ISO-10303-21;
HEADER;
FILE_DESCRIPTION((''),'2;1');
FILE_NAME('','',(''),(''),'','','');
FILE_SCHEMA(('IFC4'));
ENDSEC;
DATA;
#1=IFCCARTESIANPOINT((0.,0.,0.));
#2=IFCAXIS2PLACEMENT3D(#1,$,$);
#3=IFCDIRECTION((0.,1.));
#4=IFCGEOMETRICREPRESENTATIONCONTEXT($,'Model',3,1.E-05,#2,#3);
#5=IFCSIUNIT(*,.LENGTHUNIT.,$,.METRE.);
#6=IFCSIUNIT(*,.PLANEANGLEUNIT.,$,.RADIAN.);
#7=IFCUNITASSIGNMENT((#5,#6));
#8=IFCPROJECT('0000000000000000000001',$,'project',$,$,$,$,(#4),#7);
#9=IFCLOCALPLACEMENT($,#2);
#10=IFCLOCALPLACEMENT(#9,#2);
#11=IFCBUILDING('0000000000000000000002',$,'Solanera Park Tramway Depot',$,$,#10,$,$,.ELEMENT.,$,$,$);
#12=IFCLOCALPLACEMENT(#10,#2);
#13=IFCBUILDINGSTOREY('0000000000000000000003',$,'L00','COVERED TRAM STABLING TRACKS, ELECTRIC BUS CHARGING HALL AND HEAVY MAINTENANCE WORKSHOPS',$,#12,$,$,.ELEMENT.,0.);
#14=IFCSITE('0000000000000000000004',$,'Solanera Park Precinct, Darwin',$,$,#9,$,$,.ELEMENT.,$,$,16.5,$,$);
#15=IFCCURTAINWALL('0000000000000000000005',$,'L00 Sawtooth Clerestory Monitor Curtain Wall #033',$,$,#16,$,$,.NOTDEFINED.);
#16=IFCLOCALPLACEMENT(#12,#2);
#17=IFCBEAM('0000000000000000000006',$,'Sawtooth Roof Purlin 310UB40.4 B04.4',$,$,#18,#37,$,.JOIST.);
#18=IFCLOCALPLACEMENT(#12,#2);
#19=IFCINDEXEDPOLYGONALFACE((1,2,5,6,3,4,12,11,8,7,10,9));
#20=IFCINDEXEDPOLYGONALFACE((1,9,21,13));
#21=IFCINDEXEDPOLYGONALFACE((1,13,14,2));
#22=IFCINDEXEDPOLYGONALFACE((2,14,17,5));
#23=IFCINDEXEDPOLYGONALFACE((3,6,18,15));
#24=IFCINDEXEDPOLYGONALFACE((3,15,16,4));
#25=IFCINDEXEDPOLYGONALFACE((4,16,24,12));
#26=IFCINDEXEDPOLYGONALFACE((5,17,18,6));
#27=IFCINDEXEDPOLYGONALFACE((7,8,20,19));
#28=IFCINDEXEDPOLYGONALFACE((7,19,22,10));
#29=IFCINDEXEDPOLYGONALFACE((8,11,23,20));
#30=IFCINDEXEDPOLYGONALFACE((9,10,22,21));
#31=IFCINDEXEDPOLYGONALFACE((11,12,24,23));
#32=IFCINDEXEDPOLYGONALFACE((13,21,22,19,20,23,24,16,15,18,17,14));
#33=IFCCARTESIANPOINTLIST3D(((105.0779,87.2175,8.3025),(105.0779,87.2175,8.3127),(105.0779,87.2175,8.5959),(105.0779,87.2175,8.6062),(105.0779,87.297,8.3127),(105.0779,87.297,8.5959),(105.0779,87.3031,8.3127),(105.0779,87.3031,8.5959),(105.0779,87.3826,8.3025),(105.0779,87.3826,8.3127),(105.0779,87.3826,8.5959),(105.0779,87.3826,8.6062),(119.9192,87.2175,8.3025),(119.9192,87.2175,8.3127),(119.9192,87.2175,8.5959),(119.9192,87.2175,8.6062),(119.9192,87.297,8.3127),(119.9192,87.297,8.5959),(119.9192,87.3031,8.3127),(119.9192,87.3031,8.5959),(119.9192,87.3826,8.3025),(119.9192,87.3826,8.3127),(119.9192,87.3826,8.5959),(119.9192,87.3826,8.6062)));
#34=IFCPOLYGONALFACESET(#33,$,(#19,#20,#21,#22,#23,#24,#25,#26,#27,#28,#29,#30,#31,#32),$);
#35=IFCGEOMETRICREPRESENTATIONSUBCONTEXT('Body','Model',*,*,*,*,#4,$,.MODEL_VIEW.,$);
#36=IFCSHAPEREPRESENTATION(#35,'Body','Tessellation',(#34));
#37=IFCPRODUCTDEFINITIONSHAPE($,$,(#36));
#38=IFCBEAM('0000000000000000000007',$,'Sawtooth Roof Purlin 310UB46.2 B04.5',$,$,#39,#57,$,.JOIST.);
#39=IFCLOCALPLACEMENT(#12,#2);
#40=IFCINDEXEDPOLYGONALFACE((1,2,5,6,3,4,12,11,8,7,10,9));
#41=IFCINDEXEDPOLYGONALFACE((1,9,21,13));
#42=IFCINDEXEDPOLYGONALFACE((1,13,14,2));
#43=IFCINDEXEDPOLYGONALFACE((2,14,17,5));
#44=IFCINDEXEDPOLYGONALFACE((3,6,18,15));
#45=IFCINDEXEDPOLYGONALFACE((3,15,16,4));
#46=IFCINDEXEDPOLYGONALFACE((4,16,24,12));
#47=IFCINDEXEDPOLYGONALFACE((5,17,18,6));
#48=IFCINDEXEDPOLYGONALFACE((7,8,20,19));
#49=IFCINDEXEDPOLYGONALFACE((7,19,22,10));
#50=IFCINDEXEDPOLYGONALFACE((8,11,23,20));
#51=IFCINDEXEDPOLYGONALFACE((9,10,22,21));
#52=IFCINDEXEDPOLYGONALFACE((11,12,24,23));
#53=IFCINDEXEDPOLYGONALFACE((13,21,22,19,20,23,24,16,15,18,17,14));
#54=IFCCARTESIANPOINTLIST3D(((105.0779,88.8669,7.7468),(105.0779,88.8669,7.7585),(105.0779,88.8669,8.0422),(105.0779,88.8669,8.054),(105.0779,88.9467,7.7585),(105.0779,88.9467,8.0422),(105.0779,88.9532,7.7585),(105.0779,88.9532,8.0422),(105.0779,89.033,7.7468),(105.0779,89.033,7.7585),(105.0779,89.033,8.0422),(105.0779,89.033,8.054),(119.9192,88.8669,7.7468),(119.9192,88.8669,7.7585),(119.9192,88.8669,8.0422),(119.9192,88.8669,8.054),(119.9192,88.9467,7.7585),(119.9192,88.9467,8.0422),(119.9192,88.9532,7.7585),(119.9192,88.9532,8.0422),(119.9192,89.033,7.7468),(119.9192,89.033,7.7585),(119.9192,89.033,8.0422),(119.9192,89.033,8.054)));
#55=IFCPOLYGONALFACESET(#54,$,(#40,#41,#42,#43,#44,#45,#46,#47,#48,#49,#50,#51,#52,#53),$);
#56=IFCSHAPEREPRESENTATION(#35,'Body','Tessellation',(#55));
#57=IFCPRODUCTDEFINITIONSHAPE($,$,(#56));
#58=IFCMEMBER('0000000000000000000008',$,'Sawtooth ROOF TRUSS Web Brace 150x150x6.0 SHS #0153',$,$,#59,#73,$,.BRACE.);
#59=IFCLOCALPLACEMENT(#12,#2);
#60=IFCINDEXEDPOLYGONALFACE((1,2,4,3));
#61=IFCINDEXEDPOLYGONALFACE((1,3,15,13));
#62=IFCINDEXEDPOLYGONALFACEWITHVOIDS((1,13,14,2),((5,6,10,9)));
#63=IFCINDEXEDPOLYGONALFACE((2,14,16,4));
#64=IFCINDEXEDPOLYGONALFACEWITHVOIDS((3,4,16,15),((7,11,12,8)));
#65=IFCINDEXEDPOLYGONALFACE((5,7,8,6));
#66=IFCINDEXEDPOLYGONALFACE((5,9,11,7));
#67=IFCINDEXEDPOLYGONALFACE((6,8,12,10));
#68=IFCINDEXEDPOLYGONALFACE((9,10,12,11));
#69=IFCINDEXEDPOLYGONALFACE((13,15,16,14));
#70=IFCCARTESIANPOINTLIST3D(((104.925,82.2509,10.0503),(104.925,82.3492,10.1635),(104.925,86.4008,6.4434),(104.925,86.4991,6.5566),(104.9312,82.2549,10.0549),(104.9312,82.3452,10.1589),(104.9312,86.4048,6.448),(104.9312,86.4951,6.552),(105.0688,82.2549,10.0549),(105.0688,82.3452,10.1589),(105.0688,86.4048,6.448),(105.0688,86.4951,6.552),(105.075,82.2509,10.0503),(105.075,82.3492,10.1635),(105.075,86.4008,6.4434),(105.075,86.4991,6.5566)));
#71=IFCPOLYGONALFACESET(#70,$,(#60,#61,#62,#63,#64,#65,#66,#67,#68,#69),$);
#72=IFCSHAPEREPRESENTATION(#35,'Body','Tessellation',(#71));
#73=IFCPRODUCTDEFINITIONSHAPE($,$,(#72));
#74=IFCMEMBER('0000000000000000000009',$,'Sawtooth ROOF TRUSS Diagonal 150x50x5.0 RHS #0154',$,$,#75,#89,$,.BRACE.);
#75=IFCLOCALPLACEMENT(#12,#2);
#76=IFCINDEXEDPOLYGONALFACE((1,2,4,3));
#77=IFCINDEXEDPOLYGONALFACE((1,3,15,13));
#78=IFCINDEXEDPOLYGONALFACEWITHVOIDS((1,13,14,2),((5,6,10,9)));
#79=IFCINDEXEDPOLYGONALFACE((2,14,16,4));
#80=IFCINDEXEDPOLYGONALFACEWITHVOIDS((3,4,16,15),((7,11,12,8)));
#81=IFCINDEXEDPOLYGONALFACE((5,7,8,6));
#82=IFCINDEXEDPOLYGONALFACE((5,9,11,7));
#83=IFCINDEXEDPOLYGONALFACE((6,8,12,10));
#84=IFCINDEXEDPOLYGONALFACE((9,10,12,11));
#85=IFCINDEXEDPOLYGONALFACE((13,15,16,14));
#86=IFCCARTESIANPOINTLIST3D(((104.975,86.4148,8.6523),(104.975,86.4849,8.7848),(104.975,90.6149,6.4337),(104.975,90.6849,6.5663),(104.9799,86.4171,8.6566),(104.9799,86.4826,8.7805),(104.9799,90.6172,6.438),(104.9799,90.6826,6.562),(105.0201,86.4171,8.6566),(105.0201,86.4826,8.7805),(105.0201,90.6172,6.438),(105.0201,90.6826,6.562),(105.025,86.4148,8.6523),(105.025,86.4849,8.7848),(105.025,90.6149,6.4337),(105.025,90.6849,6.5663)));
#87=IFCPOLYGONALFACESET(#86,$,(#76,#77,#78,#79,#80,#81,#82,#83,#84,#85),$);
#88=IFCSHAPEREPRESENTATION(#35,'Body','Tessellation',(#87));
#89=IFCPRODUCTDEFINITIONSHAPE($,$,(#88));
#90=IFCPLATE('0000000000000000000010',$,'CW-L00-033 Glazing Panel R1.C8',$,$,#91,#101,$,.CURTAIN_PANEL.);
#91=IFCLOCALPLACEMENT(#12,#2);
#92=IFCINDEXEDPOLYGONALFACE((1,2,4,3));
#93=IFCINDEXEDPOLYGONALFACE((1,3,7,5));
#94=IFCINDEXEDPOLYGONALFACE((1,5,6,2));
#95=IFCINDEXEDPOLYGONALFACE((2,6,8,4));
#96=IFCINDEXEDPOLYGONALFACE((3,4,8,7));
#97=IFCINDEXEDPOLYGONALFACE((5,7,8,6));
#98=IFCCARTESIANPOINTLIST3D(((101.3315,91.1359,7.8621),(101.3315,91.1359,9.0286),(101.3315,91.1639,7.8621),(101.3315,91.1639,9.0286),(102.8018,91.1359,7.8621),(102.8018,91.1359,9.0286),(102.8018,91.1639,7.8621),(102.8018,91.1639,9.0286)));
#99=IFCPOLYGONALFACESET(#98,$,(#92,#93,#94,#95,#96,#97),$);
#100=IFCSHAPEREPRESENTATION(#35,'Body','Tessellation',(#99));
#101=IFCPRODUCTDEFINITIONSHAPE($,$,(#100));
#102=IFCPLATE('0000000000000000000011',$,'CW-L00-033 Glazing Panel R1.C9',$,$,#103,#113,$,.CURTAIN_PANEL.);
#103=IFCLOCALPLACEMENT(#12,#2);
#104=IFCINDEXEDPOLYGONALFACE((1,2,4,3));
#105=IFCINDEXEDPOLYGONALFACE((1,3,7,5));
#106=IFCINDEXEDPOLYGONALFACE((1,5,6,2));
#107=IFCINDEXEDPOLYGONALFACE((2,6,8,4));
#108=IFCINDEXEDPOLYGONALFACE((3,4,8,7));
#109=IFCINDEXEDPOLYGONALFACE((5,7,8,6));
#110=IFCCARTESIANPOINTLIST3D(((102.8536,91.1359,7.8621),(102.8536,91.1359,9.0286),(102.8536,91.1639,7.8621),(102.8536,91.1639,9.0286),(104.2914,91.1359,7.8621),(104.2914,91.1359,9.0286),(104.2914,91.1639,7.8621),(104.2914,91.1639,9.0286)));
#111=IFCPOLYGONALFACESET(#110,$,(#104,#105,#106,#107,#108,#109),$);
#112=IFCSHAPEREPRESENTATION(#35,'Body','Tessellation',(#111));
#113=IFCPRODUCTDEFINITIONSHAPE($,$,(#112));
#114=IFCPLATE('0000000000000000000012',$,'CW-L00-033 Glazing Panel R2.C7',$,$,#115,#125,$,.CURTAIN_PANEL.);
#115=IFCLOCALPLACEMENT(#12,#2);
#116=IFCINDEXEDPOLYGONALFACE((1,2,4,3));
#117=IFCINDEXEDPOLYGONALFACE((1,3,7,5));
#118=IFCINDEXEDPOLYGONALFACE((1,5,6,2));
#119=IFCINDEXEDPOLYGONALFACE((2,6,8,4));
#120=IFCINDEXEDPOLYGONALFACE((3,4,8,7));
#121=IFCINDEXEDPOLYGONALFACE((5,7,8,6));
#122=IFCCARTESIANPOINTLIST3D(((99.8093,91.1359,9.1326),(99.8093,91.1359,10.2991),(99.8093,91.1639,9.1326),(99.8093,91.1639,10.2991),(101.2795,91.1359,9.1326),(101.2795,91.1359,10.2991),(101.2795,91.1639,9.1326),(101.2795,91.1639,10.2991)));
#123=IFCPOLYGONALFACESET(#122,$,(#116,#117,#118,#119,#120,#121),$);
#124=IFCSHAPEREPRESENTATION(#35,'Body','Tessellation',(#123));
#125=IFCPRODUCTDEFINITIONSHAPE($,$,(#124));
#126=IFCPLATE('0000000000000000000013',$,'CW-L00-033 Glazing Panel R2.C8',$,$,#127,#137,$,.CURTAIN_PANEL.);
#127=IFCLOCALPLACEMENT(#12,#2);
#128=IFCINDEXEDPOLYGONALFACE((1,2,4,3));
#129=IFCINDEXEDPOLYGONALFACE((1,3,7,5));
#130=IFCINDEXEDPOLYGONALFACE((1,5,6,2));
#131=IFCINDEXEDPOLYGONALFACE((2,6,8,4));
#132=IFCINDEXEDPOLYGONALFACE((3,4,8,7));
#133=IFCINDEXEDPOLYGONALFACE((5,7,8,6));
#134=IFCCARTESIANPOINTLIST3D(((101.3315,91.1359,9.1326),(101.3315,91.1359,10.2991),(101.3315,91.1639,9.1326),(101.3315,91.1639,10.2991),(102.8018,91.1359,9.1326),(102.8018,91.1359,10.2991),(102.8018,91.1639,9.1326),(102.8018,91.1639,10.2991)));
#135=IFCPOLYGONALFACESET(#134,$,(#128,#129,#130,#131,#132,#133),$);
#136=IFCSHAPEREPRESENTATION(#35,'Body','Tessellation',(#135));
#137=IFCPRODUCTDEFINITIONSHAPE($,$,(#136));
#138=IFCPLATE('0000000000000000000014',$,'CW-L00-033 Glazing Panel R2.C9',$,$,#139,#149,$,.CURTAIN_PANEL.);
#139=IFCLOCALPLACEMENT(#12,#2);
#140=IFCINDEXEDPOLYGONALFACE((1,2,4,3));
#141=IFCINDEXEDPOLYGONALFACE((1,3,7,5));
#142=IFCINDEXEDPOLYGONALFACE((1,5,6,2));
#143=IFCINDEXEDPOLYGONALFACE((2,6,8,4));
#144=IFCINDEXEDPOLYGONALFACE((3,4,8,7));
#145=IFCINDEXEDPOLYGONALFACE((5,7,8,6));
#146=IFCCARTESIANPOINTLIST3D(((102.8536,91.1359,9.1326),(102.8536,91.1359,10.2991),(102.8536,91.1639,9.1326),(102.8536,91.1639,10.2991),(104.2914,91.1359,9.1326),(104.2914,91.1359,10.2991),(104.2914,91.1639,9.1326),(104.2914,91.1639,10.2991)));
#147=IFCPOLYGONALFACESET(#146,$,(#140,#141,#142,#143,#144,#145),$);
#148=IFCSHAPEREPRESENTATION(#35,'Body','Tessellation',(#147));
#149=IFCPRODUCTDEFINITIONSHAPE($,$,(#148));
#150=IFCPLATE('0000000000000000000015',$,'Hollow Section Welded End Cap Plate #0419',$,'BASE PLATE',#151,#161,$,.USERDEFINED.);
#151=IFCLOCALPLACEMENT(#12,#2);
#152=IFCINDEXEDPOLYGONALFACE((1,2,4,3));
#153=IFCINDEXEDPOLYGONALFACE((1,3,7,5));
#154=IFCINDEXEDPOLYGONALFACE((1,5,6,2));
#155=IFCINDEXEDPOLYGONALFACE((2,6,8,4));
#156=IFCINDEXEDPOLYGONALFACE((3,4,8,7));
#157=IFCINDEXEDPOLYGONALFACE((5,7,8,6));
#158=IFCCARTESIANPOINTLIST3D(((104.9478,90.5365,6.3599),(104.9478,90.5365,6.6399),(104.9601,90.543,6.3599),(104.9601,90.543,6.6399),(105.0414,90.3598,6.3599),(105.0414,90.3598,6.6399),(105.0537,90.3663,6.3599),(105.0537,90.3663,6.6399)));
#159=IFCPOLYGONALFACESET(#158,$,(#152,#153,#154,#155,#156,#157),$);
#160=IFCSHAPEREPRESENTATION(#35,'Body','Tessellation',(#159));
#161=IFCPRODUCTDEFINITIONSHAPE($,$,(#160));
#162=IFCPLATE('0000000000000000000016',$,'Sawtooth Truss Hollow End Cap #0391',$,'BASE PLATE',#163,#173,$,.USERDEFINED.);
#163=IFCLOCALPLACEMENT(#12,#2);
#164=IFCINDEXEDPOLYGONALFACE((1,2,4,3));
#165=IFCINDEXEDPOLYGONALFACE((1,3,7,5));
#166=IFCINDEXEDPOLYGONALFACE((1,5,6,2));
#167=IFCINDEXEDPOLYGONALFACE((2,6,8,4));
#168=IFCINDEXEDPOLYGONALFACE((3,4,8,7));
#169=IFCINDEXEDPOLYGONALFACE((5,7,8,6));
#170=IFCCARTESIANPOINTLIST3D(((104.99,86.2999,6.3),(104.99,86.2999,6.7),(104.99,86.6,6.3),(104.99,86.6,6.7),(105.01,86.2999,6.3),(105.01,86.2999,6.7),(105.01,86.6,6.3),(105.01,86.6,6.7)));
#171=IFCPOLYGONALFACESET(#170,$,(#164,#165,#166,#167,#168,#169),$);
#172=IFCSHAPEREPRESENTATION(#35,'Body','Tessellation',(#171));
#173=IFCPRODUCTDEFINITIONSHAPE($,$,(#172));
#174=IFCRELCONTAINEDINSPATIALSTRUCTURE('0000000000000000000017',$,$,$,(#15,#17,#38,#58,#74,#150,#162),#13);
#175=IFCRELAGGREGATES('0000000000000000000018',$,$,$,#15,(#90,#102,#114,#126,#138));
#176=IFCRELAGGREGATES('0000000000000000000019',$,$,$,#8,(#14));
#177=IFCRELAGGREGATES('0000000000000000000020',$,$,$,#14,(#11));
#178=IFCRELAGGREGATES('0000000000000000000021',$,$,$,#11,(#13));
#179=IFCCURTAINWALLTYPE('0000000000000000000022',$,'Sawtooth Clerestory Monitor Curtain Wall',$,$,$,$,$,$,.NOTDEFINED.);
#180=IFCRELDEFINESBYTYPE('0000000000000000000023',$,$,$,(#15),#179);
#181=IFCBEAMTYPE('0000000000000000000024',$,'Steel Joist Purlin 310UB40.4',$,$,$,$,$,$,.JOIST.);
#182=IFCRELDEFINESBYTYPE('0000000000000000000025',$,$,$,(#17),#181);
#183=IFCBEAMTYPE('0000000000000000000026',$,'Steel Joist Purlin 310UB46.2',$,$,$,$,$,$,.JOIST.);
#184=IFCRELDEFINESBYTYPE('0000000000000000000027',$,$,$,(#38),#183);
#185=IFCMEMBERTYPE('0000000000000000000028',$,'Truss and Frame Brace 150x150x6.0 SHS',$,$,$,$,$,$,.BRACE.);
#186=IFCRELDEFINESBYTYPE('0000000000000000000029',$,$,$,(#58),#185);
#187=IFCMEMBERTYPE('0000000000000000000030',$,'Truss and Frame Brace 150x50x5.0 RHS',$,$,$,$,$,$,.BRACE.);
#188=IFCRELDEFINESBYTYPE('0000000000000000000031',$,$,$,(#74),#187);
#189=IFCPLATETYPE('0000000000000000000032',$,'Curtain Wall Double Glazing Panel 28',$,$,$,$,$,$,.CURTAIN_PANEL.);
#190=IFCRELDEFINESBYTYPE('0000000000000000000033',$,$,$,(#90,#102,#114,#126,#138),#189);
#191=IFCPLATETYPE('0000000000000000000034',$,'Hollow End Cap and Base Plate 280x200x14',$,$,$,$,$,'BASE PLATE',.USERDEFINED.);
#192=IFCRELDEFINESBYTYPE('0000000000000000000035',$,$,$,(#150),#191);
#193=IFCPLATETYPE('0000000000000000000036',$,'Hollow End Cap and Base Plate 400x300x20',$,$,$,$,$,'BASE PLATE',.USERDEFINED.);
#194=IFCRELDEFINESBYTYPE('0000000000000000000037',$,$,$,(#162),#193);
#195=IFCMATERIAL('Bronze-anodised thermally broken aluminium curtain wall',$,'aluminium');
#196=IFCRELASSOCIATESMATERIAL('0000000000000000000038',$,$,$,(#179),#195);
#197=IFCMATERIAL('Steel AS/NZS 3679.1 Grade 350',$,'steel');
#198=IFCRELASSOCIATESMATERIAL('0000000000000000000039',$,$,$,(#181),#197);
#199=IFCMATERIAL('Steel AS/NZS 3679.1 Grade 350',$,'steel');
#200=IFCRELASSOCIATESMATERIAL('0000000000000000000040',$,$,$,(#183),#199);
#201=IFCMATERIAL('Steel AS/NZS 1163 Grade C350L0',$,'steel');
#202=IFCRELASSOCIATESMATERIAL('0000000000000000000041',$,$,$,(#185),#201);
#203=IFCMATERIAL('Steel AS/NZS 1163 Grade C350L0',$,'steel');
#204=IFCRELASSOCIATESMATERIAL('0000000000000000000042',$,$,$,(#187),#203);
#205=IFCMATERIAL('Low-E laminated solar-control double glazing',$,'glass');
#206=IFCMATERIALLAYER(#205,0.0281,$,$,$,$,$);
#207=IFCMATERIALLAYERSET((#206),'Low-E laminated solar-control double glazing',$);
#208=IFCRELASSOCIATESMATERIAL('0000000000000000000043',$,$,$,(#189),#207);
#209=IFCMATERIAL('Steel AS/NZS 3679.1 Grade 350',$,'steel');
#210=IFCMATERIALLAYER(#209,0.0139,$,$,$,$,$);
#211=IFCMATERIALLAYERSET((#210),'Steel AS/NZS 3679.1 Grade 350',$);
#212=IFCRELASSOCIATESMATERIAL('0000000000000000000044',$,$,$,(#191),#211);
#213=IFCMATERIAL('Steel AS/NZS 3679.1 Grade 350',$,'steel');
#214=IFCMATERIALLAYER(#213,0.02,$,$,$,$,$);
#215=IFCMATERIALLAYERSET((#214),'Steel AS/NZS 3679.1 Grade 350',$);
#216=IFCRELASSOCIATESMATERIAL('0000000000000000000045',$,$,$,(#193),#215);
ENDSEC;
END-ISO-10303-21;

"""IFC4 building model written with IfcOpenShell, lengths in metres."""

from ifc_helpers import new_model, si_unit, direction, frame, origin, origin_2d, place, context, subcontext, project, spatial, rectangle, hollow_rectangle, i_section, extrude, material, layer, layer_set, material_profile, profile_set, type_object, element, aggregate, save


model = new_model("IFC4")

# Units and contexts
model_context = context("Model", 3, precision=1e-05, world=origin(), true_north=direction((0.0, 1.0)))
body_context = subcontext(model_context, "Body", "Model", "MODEL_VIEW")
ifc_project = project(units=[si_unit("LENGTHUNIT", "METRE"), si_unit("PLANEANGLEUNIT", "RADIAN")], contexts=[model_context])

# Site, building, storey
site_placement = place(None, origin())
site = spatial("IfcSite", under=ifc_project, at=site_placement, Name="Solanera Park Precinct, Darwin", CompositionType="ELEMENT", RefElevation=16.5)
building_placement = place(site_placement, origin())
building = spatial("IfcBuilding", under=site, at=building_placement, Name="Solanera Park Tramway Depot", CompositionType="ELEMENT")
storey_placement = place(building_placement, origin())
storey = spatial("IfcBuildingStorey", under=building, at=storey_placement, Name="L00", Description="COVERED TRAM STABLING TRACKS, ELECTRIC BUS CHARGING HALL AND HEAVY MAINTENANCE WORKSHOPS", CompositionType="ELEMENT", Elevation=0.0)

# Curtain wall
ifc_material_1 = material(Name="Bronze-anodised thermally broken aluminium curtain wall", Category="aluminium")
curtain_wall_type = type_object("IfcCurtainWallType", Name="Sawtooth Clerestory Monitor Curtain Wall", PredefinedType="NOTDEFINED", material=ifc_material_1)
curtain_wall_placement = place(storey_placement, origin())
curtain_wall = element("IfcCurtainWall", 1, at=curtain_wall_placement, inside=storey, type_object=curtain_wall_type, Name="L00 Sawtooth Clerestory Monitor Curtain Wall #033", PredefinedType="NOTDEFINED")

# Beams
ifc_material_2 = material(Name="Steel AS/NZS 3679.1 Grade 350", Category="steel")
ifc_material_profile_1 = material_profile(ifc_material_2, i_section(OverallWidth=0.165, OverallDepth=0.3037, WebThickness=0.0061, FlangeThickness=0.0103, at=origin_2d()), Name="310UB40.4")
ifc_profile_set_1 = profile_set([ifc_material_profile_1], Name="Steel AS/NZS 3679.1 Grade 350")
beam_type_1 = type_object("IfcBeamType", Name="Steel Joist Purlin 310UB40.4", PredefinedType="JOIST", material=ifc_profile_set_1)
beam_1_placement = place(storey_placement, frame((105.0779, 87.3, 8.4543), z_axis=(1.0, 0.0, 0.0), x_axis=(0.0, 1.0, 0.0)))
element("IfcBeam", 2, at=beam_1_placement, inside=storey, type_object=beam_type_1, Name="Sawtooth Roof Purlin 310UB40.4 B04.4", PredefinedType="JOIST", context=body_context, shape_type="SweptSolid", body=[
    extrude(i_section(OverallWidth=0.165, OverallDepth=0.3037, WebThickness=0.0061, FlangeThickness=0.0103, at=origin_2d()), origin(), (0.0, 0.0, 1.0), 14.8413),
])
ifc_material_3 = material(Name="Steel AS/NZS 3679.1 Grade 350", Category="steel")
ifc_material_profile_2 = material_profile(ifc_material_3, i_section(OverallWidth=0.166, OverallDepth=0.3071, WebThickness=0.0066, FlangeThickness=0.0117, at=origin_2d()), Name="310UB46.2")
ifc_profile_set_2 = profile_set([ifc_material_profile_2], Name="Steel AS/NZS 3679.1 Grade 350")
beam_type_2 = type_object("IfcBeamType", Name="Steel Joist Purlin 310UB46.2", PredefinedType="JOIST", material=ifc_profile_set_2)
beam_2_placement = place(storey_placement, frame((105.0779, 88.95, 7.9004), z_axis=(1.0, 0.0, 0.0), x_axis=(0.0, 1.0, 0.0)))
element("IfcBeam", 3, at=beam_2_placement, inside=storey, type_object=beam_type_2, Name="Sawtooth Roof Purlin 310UB46.2 B04.5", PredefinedType="JOIST", context=body_context, shape_type="SweptSolid", body=[
    extrude(i_section(OverallWidth=0.166, OverallDepth=0.3071, WebThickness=0.0066, FlangeThickness=0.0117, at=origin_2d()), origin(), (0.0, 0.0, 1.0), 14.8413),
])

# Members
ifc_material_4 = material(Name="Steel AS/NZS 1163 Grade C350L0", Category="steel")
ifc_material_profile_3 = material_profile(ifc_material_4, hollow_rectangle(XDim=0.1499, YDim=0.1499, WallThickness=0.0061, at=origin_2d()), Name="150x150x6.0 SHS")
ifc_profile_set_3 = profile_set([ifc_material_profile_3], Name="Steel AS/NZS 1163 Grade C350L0")
member_type_1 = type_object("IfcMemberType", Name="Truss and Frame Brace 150x150x6.0 SHS", PredefinedType="BRACE", material=ifc_profile_set_3)
member_1_placement = place(storey_placement, frame((105.0, 86.45, 6.5), z_axis=(0.0, -0.754757, 0.656005), x_axis=(1.0, 0.0, 0.0)))
element("IfcMember", 4, at=member_1_placement, inside=storey, type_object=member_type_1, Name="Sawtooth ROOF TRUSS Web Brace 150x150x6.0 SHS #0153", PredefinedType="BRACE", context=body_context, shape_type="SweptSolid", body=[
    extrude(hollow_rectangle(XDim=0.1499, YDim=0.1499, WallThickness=0.0061, at=origin_2d()), origin(), (0.0, 0.0, 1.0), 5.4983),
])
ifc_material_5 = material(Name="Steel AS/NZS 1163 Grade C350L0", Category="steel")
ifc_material_profile_4 = material_profile(ifc_material_5, hollow_rectangle(XDim=0.05, YDim=0.1499, WallThickness=0.0049, at=origin_2d()), Name="150x50x5.0 RHS")
ifc_profile_set_4 = profile_set([ifc_material_profile_4], Name="Steel AS/NZS 1163 Grade C350L0")
member_type_2 = type_object("IfcMemberType", Name="Truss and Frame Brace 150x50x5.0 RHS", PredefinedType="BRACE", material=ifc_profile_set_4)
member_2_placement = place(storey_placement, frame((105.0, 90.6499, 6.5), z_axis=(0.0, -0.884223, 0.467066), x_axis=(1.0, 0.0, 0.0)))
element("IfcMember", 5, at=member_2_placement, inside=storey, type_object=member_type_2, Name="Sawtooth ROOF TRUSS Diagonal 150x50x5.0 RHS #0154", PredefinedType="BRACE", context=body_context, shape_type="SweptSolid", body=[
    extrude(hollow_rectangle(XDim=0.05, YDim=0.1499, WallThickness=0.0049, at=origin_2d()), origin(), (0.0, 0.0, 1.0), 4.75),
])

# Plates
ifc_material_6 = material(Name="Low-E laminated solar-control double glazing", Category="glass")
ifc_layer_1 = layer(ifc_material_6, 0.0281)
ifc_layer_set_1 = layer_set([ifc_layer_1], Name="Low-E laminated solar-control double glazing")
plate_type_1 = type_object("IfcPlateType", Name="Curtain Wall Double Glazing Panel 28", PredefinedType="CURTAIN_PANEL", material=ifc_layer_set_1)
plate_1_placement = place(storey_placement, frame((102.0667, 91.1499, 7.8621), z_axis=(0.0, 0.0, 1.0), x_axis=(1.0, 0.0, 0.0)))
plate_1 = element("IfcPlate", 6, at=plate_1_placement, type_object=plate_type_1, Name="CW-L00-033 Glazing Panel R1.C8", PredefinedType="CURTAIN_PANEL", context=body_context, shape_type="SweptSolid", body=[
    extrude(rectangle(XDim=1.4702, YDim=0.0281, at=origin_2d()), origin(), (0.0, 0.0, 1.0), 1.1665),
])
plate_2_placement = place(storey_placement, frame((103.5725, 91.1499, 7.8621), z_axis=(0.0, 0.0, 1.0), x_axis=(1.0, 0.0, 0.0)))
plate_2 = element("IfcPlate", 7, at=plate_2_placement, type_object=plate_type_1, Name="CW-L00-033 Glazing Panel R1.C9", PredefinedType="CURTAIN_PANEL", context=body_context, shape_type="SweptSolid", body=[
    extrude(rectangle(XDim=1.4377, YDim=0.0281, at=origin_2d()), origin(), (0.0, 0.0, 1.0), 1.1665),
])
plate_3_placement = place(storey_placement, frame((100.5444, 91.1499, 9.1326), z_axis=(0.0, 0.0, 1.0), x_axis=(1.0, 0.0, 0.0)))
plate_3 = element("IfcPlate", 8, at=plate_3_placement, type_object=plate_type_1, Name="CW-L00-033 Glazing Panel R2.C7", PredefinedType="CURTAIN_PANEL", context=body_context, shape_type="SweptSolid", body=[
    extrude(rectangle(XDim=1.4702, YDim=0.0281, at=origin_2d()), origin(), (0.0, 0.0, 1.0), 1.1665),
])
plate_4_placement = place(storey_placement, frame((102.0667, 91.1499, 9.1326), z_axis=(0.0, 0.0, 1.0), x_axis=(1.0, 0.0, 0.0)))
plate_4 = element("IfcPlate", 9, at=plate_4_placement, type_object=plate_type_1, Name="CW-L00-033 Glazing Panel R2.C8", PredefinedType="CURTAIN_PANEL", context=body_context, shape_type="SweptSolid", body=[
    extrude(rectangle(XDim=1.4702, YDim=0.0281, at=origin_2d()), origin(), (0.0, 0.0, 1.0), 1.1665),
])
plate_5_placement = place(storey_placement, frame((103.5725, 91.1499, 9.1326), z_axis=(0.0, 0.0, 1.0), x_axis=(1.0, 0.0, 0.0)))
plate_5 = element("IfcPlate", 10, at=plate_5_placement, type_object=plate_type_1, Name="CW-L00-033 Glazing Panel R2.C9", PredefinedType="CURTAIN_PANEL", context=body_context, shape_type="SweptSolid", body=[
    extrude(rectangle(XDim=1.4377, YDim=0.0281, at=origin_2d()), origin(), (0.0, 0.0, 1.0), 1.1665),
])
aggregate(curtain_wall, [plate_1, plate_2, plate_3, plate_4, plate_5])

# Plates
ifc_material_7 = material(Name="Steel AS/NZS 3679.1 Grade 350", Category="steel")
ifc_layer_2 = layer(ifc_material_7, 0.0139)
ifc_layer_set_2 = layer_set([ifc_layer_2], Name="Steel AS/NZS 3679.1 Grade 350")
plate_type_2 = type_object("IfcPlateType", Name="Hollow End Cap and Base Plate 280x200x14", ElementType="BASE PLATE", PredefinedType="USERDEFINED", material=ifc_layer_set_2)
plate_6_placement = place(storey_placement, frame((105.0007, 90.4514, 6.3599), z_axis=(0.0, 0.0, 1.0), x_axis=(0.883521, 0.468392, 0.0)))
element("IfcPlate", 11, at=plate_6_placement, inside=storey, type_object=plate_type_2, Name="Hollow Section Welded End Cap Plate #0419", ObjectType="BASE PLATE", PredefinedType="USERDEFINED", context=body_context, shape_type="SweptSolid", body=[
    extrude(rectangle(XDim=0.0139, YDim=0.2, at=origin_2d()), origin(), (0.0, 0.0, 1.0), 0.28),
])
ifc_material_8 = material(Name="Steel AS/NZS 3679.1 Grade 350", Category="steel")
ifc_layer_3 = layer(ifc_material_8, 0.02)
ifc_layer_set_3 = layer_set([ifc_layer_3], Name="Steel AS/NZS 3679.1 Grade 350")
plate_type_3 = type_object("IfcPlateType", Name="Hollow End Cap and Base Plate 400x300x20", ElementType="BASE PLATE", PredefinedType="USERDEFINED", material=ifc_layer_set_3)
plate_7_placement = place(storey_placement, frame((105.0, 86.45, 6.3), z_axis=(0.0, 0.0, 1.0), x_axis=(1.0, 0.0, 0.0)))
element("IfcPlate", 12, at=plate_7_placement, inside=storey, type_object=plate_type_3, Name="Sawtooth Truss Hollow End Cap #0391", ObjectType="BASE PLATE", PredefinedType="USERDEFINED", context=body_context, shape_type="SweptSolid", body=[
    extrude(rectangle(XDim=0.02, YDim=0.3, at=origin_2d()), origin(), (0.0, 0.0, 1.0), 0.3999),
])

save(model, "model.ifc")
